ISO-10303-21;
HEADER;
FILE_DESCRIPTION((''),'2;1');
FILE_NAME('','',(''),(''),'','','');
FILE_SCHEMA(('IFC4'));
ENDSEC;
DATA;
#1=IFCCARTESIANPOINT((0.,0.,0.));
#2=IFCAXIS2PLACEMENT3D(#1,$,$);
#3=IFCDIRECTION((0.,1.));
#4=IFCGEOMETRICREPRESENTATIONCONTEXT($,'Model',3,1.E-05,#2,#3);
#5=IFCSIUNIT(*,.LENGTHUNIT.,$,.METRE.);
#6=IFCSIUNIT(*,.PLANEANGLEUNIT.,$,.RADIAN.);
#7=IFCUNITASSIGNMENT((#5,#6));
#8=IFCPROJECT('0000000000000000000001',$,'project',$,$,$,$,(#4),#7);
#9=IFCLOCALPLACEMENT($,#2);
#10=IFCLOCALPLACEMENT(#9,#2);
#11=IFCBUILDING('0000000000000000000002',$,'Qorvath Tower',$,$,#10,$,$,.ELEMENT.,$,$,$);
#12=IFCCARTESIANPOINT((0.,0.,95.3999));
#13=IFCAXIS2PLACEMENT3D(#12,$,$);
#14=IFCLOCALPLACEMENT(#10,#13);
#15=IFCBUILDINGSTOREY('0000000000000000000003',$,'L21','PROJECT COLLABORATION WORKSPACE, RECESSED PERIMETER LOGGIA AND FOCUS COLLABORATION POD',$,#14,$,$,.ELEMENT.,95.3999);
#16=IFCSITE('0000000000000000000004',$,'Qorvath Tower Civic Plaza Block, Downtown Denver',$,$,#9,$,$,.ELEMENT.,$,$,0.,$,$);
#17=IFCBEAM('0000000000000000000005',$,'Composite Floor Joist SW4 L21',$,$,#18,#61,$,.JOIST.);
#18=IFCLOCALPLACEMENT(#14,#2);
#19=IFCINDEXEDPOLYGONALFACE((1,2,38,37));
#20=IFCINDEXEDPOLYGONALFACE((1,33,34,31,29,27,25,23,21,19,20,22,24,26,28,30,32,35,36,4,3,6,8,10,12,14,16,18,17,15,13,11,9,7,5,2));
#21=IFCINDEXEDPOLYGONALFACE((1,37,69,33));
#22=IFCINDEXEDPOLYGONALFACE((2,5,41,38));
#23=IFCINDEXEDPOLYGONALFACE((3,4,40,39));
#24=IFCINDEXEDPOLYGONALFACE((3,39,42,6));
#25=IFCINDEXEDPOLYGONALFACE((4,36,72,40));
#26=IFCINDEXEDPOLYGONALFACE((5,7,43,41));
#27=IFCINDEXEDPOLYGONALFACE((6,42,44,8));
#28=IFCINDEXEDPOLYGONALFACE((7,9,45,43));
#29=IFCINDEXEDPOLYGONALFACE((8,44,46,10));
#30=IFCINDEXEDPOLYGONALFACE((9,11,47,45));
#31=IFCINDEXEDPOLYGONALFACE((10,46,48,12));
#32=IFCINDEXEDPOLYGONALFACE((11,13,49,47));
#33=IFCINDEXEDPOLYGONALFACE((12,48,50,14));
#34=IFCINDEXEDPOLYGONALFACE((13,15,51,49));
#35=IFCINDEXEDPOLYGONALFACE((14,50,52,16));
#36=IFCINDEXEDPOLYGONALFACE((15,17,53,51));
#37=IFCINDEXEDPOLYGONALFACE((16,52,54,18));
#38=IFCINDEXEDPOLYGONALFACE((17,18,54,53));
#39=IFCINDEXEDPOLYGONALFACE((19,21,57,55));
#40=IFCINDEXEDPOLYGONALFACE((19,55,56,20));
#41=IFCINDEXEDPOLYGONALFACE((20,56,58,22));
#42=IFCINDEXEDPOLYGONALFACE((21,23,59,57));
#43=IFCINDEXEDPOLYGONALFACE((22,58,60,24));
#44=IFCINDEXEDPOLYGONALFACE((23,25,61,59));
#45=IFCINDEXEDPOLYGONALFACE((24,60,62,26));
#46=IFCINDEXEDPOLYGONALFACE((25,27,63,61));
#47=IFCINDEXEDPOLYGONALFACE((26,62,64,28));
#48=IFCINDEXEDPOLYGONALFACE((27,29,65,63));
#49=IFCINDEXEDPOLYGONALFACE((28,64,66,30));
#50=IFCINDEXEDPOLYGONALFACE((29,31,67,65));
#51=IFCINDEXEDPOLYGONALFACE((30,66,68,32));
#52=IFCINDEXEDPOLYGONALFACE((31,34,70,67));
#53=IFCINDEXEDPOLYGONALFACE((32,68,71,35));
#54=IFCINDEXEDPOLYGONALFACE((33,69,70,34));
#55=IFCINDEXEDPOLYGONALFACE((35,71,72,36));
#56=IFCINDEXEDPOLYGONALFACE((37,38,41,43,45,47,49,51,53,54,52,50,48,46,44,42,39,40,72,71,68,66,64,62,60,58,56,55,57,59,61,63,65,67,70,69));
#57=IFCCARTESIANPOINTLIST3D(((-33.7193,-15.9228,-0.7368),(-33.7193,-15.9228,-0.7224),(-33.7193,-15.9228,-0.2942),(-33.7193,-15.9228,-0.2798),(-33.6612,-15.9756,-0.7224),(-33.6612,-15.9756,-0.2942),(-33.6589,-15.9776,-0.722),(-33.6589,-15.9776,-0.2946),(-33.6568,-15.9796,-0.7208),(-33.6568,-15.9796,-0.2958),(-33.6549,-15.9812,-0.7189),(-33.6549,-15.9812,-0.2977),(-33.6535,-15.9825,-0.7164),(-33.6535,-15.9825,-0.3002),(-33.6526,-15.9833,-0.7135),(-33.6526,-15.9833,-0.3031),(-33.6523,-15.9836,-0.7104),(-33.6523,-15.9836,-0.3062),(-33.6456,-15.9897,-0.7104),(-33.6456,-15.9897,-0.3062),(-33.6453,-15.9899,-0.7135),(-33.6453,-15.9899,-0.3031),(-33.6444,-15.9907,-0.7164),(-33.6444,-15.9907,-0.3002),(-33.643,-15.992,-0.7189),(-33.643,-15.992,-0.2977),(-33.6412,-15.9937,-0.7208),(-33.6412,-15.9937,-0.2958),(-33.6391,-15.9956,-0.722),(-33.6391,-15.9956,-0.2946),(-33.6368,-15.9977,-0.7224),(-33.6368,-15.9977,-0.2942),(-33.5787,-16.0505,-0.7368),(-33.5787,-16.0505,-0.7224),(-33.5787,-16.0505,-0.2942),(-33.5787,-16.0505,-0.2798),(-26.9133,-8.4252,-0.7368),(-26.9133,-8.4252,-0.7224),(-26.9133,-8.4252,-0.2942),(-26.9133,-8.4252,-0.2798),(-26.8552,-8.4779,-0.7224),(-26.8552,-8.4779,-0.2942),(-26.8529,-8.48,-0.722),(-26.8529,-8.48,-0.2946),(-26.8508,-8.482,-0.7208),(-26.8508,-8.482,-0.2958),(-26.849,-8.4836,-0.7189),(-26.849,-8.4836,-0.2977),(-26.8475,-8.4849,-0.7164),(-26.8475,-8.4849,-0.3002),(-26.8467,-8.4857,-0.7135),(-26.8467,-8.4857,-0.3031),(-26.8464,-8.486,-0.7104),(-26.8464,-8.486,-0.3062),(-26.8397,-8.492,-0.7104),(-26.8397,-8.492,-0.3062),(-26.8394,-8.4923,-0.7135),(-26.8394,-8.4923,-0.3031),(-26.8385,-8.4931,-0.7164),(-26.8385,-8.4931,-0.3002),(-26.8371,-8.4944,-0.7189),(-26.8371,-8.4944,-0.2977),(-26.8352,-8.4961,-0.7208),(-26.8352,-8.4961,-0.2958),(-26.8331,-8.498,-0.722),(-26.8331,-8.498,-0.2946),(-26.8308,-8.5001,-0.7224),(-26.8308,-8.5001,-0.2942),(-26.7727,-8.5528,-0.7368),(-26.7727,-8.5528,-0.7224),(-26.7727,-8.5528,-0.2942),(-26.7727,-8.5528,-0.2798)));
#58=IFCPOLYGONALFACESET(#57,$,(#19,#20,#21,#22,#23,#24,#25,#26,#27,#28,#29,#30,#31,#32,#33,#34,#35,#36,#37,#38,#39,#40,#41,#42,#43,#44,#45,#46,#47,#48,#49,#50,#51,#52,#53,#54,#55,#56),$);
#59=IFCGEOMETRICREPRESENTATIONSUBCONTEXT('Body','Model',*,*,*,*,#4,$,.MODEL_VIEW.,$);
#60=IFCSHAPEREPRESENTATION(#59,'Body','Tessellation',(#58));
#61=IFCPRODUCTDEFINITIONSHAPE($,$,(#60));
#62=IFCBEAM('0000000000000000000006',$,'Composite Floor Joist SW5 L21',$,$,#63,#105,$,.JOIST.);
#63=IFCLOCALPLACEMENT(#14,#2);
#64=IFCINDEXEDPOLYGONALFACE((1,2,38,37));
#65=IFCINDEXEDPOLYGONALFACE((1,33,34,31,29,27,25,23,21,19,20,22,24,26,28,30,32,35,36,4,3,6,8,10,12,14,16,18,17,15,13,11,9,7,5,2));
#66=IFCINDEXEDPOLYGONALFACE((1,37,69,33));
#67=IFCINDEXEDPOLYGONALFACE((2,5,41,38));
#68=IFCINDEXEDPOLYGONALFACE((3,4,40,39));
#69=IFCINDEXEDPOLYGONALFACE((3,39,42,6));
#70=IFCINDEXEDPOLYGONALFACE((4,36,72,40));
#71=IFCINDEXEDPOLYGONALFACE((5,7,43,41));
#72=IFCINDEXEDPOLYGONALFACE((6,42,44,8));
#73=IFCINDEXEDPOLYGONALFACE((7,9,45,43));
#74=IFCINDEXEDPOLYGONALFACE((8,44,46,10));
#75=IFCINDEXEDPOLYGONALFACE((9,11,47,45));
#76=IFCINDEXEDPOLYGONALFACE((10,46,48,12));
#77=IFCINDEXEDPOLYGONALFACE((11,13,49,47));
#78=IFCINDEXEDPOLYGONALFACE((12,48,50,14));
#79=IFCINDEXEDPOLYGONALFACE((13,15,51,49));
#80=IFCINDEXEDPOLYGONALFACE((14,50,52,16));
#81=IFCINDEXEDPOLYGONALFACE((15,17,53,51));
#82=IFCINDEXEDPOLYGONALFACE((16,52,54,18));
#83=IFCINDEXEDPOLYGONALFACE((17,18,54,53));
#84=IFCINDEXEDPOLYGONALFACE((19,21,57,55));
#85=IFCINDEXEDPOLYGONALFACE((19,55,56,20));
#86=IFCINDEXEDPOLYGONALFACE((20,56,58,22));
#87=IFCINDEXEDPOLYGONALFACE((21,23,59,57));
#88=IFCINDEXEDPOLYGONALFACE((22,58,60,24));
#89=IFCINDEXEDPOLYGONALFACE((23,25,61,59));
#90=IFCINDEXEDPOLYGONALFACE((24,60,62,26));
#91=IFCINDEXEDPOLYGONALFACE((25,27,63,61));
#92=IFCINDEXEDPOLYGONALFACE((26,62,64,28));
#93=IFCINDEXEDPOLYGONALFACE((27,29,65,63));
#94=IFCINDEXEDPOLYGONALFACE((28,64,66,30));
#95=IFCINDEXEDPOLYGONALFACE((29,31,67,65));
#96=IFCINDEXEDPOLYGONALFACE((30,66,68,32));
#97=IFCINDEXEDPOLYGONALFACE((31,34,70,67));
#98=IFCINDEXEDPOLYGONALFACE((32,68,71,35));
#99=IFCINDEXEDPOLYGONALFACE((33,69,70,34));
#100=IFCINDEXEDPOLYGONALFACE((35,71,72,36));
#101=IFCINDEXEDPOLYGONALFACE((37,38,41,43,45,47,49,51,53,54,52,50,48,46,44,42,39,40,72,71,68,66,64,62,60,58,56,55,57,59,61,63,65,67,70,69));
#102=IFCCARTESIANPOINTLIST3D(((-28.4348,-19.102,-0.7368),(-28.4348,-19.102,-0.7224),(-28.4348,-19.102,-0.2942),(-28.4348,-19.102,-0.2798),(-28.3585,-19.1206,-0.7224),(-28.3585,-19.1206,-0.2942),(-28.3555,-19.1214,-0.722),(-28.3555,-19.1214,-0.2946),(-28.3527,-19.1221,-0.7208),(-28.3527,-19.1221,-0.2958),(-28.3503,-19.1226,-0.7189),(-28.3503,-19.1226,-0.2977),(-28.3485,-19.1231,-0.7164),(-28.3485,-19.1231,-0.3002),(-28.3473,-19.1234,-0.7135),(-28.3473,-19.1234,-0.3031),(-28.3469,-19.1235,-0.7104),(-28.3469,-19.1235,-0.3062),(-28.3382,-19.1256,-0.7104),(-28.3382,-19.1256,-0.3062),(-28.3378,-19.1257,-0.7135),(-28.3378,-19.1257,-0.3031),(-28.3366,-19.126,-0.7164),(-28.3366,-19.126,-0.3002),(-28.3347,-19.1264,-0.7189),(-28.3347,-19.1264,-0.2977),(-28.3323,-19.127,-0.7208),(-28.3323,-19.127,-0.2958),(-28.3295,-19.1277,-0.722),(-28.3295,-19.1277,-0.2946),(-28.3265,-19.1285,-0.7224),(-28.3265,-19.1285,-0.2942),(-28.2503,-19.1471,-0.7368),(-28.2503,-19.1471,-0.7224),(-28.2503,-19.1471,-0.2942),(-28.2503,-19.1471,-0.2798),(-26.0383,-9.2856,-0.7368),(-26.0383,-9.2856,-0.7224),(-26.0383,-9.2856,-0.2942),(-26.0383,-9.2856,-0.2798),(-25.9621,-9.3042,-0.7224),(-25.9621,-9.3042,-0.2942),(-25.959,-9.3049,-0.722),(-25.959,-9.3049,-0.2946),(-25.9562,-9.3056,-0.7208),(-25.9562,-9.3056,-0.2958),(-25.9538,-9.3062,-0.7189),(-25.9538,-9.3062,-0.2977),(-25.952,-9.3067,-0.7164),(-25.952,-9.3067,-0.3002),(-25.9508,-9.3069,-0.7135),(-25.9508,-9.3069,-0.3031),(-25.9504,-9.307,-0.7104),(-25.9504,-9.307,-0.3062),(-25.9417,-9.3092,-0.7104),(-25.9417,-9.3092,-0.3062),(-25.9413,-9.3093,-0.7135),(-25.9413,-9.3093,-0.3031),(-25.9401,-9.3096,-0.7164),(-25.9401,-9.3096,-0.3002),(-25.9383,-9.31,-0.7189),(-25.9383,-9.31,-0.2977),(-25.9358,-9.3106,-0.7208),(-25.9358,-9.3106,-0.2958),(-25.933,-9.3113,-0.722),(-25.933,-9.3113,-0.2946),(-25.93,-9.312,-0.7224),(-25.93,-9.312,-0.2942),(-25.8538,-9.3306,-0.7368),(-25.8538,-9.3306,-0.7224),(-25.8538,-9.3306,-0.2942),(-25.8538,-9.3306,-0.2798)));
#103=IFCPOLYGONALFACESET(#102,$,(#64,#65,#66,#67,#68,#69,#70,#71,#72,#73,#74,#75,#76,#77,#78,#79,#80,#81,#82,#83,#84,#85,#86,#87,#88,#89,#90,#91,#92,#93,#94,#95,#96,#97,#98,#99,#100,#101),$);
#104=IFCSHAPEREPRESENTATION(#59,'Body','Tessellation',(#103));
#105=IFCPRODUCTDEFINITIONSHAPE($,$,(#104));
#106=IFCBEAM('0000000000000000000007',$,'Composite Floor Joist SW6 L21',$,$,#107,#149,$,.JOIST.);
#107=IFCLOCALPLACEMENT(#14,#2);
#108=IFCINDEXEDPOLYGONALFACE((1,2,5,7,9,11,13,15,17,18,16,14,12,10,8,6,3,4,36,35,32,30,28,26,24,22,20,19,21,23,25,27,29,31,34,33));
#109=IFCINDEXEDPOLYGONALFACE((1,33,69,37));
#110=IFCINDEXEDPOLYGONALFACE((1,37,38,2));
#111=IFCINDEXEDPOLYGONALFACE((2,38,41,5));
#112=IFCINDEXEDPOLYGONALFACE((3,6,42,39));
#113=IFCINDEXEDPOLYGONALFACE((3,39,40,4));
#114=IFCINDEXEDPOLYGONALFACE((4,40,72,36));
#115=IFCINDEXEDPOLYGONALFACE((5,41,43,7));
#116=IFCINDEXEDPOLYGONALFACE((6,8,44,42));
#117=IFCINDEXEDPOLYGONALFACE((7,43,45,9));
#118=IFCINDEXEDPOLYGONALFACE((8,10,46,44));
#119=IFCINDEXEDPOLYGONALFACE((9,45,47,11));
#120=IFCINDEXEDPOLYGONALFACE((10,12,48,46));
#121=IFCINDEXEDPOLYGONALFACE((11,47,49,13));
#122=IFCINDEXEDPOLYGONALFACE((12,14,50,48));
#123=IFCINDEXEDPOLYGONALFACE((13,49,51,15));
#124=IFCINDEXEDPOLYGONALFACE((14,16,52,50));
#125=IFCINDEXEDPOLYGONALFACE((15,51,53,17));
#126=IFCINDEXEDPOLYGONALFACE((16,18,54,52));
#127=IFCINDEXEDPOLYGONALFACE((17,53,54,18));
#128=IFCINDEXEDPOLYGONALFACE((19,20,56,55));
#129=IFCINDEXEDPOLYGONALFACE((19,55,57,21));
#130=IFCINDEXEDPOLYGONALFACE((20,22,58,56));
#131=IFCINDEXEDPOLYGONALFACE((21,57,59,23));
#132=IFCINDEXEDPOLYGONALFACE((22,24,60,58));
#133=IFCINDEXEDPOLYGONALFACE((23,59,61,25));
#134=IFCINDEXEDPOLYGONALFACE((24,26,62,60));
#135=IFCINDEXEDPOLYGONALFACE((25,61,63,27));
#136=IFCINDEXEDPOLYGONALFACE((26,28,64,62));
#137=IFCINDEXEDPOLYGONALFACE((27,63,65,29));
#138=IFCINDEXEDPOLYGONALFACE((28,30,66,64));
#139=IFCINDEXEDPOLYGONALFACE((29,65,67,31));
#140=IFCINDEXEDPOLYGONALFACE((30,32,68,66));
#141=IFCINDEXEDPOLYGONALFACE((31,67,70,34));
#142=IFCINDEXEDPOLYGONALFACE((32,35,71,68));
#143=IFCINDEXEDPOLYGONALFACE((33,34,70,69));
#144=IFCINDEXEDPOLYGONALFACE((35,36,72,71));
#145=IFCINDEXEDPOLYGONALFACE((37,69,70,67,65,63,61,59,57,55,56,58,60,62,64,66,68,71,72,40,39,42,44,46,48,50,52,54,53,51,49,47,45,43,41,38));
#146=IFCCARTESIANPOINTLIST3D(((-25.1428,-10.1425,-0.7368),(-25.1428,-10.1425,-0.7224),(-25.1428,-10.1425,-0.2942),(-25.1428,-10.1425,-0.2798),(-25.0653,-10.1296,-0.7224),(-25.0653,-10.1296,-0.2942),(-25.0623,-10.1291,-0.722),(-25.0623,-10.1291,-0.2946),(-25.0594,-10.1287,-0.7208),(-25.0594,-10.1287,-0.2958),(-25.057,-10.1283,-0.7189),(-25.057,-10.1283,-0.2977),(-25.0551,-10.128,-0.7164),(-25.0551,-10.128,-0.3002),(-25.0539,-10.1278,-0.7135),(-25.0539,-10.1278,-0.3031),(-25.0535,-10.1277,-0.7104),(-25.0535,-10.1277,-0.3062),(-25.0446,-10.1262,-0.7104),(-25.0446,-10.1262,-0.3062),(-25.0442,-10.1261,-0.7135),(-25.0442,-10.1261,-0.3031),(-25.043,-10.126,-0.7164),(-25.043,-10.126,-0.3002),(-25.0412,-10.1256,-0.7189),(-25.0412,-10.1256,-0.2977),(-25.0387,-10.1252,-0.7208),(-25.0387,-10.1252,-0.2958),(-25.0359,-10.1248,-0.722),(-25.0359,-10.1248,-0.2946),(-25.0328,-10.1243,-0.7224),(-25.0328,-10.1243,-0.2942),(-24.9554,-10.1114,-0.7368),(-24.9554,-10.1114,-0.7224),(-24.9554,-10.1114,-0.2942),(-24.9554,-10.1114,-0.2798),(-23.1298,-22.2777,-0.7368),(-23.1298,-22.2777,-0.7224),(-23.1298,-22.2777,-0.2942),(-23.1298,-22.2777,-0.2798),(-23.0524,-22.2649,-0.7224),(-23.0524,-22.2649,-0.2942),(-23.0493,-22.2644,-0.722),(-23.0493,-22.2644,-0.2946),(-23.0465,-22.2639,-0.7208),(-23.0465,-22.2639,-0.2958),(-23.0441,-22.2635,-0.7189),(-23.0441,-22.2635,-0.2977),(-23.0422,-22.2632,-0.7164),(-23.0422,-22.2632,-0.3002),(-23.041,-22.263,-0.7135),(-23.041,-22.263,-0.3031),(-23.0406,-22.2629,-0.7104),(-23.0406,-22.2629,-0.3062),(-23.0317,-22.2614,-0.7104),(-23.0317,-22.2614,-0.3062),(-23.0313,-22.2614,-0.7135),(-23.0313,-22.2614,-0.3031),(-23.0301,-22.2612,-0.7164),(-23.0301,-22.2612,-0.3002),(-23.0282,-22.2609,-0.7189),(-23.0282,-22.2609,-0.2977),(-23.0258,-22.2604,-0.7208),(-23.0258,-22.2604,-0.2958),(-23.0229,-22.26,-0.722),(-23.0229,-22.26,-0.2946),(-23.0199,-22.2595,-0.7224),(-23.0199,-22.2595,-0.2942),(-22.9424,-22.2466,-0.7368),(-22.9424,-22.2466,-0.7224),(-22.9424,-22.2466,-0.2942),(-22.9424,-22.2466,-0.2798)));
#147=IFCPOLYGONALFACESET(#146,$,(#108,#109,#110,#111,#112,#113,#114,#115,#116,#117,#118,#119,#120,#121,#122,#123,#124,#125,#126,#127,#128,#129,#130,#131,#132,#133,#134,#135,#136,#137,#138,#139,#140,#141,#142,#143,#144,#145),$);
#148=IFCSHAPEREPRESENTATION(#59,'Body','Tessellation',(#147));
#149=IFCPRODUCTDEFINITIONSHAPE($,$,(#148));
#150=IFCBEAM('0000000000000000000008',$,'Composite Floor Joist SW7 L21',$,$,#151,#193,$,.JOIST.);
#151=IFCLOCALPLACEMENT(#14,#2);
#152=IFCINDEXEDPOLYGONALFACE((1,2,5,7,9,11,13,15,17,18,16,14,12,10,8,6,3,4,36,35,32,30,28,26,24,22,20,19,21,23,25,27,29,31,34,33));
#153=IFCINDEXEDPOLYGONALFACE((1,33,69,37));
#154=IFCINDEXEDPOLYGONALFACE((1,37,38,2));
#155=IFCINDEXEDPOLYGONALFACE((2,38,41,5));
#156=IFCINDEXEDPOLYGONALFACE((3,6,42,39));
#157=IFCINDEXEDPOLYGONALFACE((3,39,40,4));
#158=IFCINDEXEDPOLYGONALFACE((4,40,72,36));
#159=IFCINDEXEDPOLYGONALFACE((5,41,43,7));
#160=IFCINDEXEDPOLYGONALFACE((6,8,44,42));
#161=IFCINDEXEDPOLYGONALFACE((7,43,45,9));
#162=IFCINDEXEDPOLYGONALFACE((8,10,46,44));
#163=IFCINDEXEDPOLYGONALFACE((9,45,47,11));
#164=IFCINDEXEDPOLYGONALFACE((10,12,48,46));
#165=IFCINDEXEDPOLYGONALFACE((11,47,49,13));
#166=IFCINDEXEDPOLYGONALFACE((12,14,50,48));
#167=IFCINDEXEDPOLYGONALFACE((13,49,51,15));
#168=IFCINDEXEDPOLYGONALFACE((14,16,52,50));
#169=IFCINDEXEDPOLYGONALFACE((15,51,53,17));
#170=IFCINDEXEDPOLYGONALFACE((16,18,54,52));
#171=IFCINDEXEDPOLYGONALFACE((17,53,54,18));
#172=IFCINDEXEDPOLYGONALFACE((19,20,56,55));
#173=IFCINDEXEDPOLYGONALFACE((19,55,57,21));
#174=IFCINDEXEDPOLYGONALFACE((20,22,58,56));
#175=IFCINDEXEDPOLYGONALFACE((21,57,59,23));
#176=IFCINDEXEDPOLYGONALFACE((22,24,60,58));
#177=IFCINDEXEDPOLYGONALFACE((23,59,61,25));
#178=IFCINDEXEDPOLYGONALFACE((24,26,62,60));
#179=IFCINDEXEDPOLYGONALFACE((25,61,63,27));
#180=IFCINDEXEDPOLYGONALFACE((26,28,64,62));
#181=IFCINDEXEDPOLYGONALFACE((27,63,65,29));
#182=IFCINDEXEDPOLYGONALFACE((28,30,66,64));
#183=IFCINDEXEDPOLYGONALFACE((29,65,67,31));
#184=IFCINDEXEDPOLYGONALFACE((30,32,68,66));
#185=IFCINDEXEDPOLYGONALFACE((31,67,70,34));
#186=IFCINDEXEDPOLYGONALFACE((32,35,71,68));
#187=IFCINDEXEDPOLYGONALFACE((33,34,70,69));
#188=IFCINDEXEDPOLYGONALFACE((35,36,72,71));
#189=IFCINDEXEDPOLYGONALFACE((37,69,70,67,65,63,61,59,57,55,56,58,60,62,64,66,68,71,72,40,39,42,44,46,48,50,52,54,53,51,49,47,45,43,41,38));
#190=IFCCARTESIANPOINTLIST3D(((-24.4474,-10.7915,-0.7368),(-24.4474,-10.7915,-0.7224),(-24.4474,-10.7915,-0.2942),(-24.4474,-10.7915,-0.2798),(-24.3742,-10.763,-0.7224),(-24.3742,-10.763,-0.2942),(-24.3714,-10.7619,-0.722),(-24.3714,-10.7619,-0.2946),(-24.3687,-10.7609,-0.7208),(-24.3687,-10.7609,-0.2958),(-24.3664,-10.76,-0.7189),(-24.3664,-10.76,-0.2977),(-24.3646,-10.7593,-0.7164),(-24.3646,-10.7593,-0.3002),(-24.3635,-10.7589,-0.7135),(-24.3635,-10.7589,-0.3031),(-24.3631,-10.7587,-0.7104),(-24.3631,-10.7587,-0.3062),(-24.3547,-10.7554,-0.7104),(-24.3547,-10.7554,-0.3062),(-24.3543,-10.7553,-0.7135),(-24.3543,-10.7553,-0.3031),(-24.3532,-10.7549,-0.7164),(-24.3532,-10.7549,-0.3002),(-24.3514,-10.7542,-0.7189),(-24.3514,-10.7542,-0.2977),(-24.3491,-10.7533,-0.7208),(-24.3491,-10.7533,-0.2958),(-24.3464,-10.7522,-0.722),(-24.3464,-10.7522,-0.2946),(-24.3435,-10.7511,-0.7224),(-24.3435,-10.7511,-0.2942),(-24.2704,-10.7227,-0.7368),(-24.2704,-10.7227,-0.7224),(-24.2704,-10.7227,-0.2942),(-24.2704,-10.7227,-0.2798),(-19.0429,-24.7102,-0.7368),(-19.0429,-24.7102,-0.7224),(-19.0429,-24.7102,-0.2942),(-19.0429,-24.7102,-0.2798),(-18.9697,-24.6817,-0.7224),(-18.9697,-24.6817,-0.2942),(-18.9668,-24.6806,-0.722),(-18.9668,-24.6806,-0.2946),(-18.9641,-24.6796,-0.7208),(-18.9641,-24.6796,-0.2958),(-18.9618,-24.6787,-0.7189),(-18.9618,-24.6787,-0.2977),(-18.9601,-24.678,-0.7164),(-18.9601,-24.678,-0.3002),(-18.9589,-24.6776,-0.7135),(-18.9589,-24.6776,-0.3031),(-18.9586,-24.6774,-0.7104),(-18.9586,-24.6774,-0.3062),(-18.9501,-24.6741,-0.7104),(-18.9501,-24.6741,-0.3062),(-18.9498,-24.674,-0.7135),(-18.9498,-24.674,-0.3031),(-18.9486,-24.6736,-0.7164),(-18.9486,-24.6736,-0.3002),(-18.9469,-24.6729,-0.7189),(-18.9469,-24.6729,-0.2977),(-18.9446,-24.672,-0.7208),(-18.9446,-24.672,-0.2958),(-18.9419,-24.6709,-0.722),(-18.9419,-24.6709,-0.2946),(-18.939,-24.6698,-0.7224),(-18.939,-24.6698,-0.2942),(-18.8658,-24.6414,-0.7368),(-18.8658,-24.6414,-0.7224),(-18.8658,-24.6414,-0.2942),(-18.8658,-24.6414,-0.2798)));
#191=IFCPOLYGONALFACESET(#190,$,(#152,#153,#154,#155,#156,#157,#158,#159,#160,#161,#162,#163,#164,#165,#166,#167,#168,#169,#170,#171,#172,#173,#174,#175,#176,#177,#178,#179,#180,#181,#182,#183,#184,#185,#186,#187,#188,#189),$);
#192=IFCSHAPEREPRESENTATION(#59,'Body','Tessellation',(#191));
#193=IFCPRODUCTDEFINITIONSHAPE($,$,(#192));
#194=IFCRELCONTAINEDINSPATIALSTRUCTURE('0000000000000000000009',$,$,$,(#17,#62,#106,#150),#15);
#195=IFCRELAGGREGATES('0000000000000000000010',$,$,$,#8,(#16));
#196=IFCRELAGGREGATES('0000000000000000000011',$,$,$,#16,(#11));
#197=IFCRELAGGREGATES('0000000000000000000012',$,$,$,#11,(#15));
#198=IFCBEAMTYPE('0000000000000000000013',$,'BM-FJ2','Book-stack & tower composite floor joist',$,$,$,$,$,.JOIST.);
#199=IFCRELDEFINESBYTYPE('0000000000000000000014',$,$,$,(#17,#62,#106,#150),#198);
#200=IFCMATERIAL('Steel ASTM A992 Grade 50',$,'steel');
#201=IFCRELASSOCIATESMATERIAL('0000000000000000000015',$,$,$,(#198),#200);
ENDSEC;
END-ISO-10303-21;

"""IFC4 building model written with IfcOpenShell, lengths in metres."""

from ifc_helpers import new_model, si_unit, direction, frame, origin, origin_2d, place, context, subcontext, project, spatial, i_section, extrude, material, material_profile, profile_set, type_object, element, save


model = new_model("IFC4")

# Units and contexts
model_context = context("Model", 3, precision=1e-05, world=origin(), true_north=direction((0.0, 1.0)))
body_context = subcontext(model_context, "Body", "Model", "MODEL_VIEW")
ifc_project = project(units=[si_unit("LENGTHUNIT", "METRE"), si_unit("PLANEANGLEUNIT", "RADIAN")], contexts=[model_context])

# Site, building, storey
site_placement = place(None, origin())
site = spatial("IfcSite", under=ifc_project, at=site_placement, Name="Qorvath Tower Civic Plaza Block, Downtown Denver", CompositionType="ELEMENT", RefElevation=0.0)
building_placement = place(site_placement, origin())
building = spatial("IfcBuilding", under=site, at=building_placement, Name="Qorvath Tower", CompositionType="ELEMENT")
storey_placement = place(building_placement, frame((0.0, 0.0, 95.3999)))
storey = spatial("IfcBuildingStorey", under=building, at=storey_placement, Name="L21", Description="PROJECT COLLABORATION WORKSPACE, RECESSED PERIMETER LOGGIA AND FOCUS COLLABORATION POD", CompositionType="ELEMENT", Elevation=95.3999)

# Beams
ifc_material_1 = material(Name="Steel ASTM A992 Grade 50", Category="steel")
ifc_material_profile_1 = material_profile(ifc_material_1, i_section(OverallWidth=0.1899, OverallDepth=0.457, WebThickness=0.009, FlangeThickness=0.0144, FilletRadius=0.012, at=origin_2d()), Name="W18x50")
ifc_profile_set_1 = profile_set([ifc_material_profile_1], Name="Steel ASTM A992 Grade 50")
beam_type_1 = type_object("IfcBeamType", Name="BM-FJ2", Description="Book-stack & tower composite floor joist", PredefinedType="JOIST", material=ifc_profile_set_1)
beam_1_placement = place(storey_placement, frame((-26.843, -8.489, -0.5083), z_axis=(-0.672129, -0.740434, 0.0), x_axis=(0.740434, -0.672129, 0.0)))
element("IfcBeam", 1, at=beam_1_placement, inside=storey, type_object=beam_type_1, Name="Composite Floor Joist SW4 L21", PredefinedType="JOIST", context=body_context, shape_type="SweptSolid", body=[
    extrude(i_section(OverallWidth=0.1899, OverallDepth=0.457, WebThickness=0.009, FlangeThickness=0.0144, FilletRadius=0.012, at=origin_2d()), origin(), (0.0, 0.0, 1.0), 10.126),
])
beam_2_placement = place(storey_placement, frame((-25.946, -9.3081, -0.5083), z_axis=(-0.237165, -0.971469, 0.0), x_axis=(0.971469, -0.237165, 0.0)))
element("IfcBeam", 2, at=beam_2_placement, inside=storey, type_object=beam_type_1, Name="Composite Floor Joist SW5 L21", PredefinedType="JOIST", context=body_context, shape_type="SweptSolid", body=[
    extrude(i_section(OverallWidth=0.1899, OverallDepth=0.457, WebThickness=0.009, FlangeThickness=0.0144, FilletRadius=0.012, at=origin_2d()), origin(), (0.0, 0.0, 1.0), 10.1047),
])
beam_3_placement = place(storey_placement, frame((-25.0491, -10.127, -0.5083), z_axis=(0.163639, -0.98652, 0.0), x_axis=(0.98652, 0.163639, 0.0)))
element("IfcBeam", 3, at=beam_3_placement, inside=storey, type_object=beam_type_1, Name="Composite Floor Joist SW6 L21", PredefinedType="JOIST", context=body_context, shape_type="SweptSolid", body=[
    extrude(i_section(OverallWidth=0.1899, OverallDepth=0.457, WebThickness=0.009, FlangeThickness=0.0144, FilletRadius=0.012, at=origin_2d()), origin(), (0.0, 0.0, 1.0), 12.301),
])
beam_4_placement = place(storey_placement, frame((-24.3589, -10.7571, -0.5083), z_axis=(0.361964, -0.932192, 0.0), x_axis=(0.932192, 0.361964, 0.0)))
element("IfcBeam", 4, at=beam_4_placement, inside=storey, type_object=beam_type_1, Name="Composite Floor Joist SW7 L21", PredefinedType="JOIST", context=body_context, shape_type="SweptSolid", body=[
    extrude(i_section(OverallWidth=0.1899, OverallDepth=0.457, WebThickness=0.009, FlangeThickness=0.0144, FilletRadius=0.012, at=origin_2d()), origin(), (0.0, 0.0, 1.0), 14.9312),
])

save(model, "model.ifc")
